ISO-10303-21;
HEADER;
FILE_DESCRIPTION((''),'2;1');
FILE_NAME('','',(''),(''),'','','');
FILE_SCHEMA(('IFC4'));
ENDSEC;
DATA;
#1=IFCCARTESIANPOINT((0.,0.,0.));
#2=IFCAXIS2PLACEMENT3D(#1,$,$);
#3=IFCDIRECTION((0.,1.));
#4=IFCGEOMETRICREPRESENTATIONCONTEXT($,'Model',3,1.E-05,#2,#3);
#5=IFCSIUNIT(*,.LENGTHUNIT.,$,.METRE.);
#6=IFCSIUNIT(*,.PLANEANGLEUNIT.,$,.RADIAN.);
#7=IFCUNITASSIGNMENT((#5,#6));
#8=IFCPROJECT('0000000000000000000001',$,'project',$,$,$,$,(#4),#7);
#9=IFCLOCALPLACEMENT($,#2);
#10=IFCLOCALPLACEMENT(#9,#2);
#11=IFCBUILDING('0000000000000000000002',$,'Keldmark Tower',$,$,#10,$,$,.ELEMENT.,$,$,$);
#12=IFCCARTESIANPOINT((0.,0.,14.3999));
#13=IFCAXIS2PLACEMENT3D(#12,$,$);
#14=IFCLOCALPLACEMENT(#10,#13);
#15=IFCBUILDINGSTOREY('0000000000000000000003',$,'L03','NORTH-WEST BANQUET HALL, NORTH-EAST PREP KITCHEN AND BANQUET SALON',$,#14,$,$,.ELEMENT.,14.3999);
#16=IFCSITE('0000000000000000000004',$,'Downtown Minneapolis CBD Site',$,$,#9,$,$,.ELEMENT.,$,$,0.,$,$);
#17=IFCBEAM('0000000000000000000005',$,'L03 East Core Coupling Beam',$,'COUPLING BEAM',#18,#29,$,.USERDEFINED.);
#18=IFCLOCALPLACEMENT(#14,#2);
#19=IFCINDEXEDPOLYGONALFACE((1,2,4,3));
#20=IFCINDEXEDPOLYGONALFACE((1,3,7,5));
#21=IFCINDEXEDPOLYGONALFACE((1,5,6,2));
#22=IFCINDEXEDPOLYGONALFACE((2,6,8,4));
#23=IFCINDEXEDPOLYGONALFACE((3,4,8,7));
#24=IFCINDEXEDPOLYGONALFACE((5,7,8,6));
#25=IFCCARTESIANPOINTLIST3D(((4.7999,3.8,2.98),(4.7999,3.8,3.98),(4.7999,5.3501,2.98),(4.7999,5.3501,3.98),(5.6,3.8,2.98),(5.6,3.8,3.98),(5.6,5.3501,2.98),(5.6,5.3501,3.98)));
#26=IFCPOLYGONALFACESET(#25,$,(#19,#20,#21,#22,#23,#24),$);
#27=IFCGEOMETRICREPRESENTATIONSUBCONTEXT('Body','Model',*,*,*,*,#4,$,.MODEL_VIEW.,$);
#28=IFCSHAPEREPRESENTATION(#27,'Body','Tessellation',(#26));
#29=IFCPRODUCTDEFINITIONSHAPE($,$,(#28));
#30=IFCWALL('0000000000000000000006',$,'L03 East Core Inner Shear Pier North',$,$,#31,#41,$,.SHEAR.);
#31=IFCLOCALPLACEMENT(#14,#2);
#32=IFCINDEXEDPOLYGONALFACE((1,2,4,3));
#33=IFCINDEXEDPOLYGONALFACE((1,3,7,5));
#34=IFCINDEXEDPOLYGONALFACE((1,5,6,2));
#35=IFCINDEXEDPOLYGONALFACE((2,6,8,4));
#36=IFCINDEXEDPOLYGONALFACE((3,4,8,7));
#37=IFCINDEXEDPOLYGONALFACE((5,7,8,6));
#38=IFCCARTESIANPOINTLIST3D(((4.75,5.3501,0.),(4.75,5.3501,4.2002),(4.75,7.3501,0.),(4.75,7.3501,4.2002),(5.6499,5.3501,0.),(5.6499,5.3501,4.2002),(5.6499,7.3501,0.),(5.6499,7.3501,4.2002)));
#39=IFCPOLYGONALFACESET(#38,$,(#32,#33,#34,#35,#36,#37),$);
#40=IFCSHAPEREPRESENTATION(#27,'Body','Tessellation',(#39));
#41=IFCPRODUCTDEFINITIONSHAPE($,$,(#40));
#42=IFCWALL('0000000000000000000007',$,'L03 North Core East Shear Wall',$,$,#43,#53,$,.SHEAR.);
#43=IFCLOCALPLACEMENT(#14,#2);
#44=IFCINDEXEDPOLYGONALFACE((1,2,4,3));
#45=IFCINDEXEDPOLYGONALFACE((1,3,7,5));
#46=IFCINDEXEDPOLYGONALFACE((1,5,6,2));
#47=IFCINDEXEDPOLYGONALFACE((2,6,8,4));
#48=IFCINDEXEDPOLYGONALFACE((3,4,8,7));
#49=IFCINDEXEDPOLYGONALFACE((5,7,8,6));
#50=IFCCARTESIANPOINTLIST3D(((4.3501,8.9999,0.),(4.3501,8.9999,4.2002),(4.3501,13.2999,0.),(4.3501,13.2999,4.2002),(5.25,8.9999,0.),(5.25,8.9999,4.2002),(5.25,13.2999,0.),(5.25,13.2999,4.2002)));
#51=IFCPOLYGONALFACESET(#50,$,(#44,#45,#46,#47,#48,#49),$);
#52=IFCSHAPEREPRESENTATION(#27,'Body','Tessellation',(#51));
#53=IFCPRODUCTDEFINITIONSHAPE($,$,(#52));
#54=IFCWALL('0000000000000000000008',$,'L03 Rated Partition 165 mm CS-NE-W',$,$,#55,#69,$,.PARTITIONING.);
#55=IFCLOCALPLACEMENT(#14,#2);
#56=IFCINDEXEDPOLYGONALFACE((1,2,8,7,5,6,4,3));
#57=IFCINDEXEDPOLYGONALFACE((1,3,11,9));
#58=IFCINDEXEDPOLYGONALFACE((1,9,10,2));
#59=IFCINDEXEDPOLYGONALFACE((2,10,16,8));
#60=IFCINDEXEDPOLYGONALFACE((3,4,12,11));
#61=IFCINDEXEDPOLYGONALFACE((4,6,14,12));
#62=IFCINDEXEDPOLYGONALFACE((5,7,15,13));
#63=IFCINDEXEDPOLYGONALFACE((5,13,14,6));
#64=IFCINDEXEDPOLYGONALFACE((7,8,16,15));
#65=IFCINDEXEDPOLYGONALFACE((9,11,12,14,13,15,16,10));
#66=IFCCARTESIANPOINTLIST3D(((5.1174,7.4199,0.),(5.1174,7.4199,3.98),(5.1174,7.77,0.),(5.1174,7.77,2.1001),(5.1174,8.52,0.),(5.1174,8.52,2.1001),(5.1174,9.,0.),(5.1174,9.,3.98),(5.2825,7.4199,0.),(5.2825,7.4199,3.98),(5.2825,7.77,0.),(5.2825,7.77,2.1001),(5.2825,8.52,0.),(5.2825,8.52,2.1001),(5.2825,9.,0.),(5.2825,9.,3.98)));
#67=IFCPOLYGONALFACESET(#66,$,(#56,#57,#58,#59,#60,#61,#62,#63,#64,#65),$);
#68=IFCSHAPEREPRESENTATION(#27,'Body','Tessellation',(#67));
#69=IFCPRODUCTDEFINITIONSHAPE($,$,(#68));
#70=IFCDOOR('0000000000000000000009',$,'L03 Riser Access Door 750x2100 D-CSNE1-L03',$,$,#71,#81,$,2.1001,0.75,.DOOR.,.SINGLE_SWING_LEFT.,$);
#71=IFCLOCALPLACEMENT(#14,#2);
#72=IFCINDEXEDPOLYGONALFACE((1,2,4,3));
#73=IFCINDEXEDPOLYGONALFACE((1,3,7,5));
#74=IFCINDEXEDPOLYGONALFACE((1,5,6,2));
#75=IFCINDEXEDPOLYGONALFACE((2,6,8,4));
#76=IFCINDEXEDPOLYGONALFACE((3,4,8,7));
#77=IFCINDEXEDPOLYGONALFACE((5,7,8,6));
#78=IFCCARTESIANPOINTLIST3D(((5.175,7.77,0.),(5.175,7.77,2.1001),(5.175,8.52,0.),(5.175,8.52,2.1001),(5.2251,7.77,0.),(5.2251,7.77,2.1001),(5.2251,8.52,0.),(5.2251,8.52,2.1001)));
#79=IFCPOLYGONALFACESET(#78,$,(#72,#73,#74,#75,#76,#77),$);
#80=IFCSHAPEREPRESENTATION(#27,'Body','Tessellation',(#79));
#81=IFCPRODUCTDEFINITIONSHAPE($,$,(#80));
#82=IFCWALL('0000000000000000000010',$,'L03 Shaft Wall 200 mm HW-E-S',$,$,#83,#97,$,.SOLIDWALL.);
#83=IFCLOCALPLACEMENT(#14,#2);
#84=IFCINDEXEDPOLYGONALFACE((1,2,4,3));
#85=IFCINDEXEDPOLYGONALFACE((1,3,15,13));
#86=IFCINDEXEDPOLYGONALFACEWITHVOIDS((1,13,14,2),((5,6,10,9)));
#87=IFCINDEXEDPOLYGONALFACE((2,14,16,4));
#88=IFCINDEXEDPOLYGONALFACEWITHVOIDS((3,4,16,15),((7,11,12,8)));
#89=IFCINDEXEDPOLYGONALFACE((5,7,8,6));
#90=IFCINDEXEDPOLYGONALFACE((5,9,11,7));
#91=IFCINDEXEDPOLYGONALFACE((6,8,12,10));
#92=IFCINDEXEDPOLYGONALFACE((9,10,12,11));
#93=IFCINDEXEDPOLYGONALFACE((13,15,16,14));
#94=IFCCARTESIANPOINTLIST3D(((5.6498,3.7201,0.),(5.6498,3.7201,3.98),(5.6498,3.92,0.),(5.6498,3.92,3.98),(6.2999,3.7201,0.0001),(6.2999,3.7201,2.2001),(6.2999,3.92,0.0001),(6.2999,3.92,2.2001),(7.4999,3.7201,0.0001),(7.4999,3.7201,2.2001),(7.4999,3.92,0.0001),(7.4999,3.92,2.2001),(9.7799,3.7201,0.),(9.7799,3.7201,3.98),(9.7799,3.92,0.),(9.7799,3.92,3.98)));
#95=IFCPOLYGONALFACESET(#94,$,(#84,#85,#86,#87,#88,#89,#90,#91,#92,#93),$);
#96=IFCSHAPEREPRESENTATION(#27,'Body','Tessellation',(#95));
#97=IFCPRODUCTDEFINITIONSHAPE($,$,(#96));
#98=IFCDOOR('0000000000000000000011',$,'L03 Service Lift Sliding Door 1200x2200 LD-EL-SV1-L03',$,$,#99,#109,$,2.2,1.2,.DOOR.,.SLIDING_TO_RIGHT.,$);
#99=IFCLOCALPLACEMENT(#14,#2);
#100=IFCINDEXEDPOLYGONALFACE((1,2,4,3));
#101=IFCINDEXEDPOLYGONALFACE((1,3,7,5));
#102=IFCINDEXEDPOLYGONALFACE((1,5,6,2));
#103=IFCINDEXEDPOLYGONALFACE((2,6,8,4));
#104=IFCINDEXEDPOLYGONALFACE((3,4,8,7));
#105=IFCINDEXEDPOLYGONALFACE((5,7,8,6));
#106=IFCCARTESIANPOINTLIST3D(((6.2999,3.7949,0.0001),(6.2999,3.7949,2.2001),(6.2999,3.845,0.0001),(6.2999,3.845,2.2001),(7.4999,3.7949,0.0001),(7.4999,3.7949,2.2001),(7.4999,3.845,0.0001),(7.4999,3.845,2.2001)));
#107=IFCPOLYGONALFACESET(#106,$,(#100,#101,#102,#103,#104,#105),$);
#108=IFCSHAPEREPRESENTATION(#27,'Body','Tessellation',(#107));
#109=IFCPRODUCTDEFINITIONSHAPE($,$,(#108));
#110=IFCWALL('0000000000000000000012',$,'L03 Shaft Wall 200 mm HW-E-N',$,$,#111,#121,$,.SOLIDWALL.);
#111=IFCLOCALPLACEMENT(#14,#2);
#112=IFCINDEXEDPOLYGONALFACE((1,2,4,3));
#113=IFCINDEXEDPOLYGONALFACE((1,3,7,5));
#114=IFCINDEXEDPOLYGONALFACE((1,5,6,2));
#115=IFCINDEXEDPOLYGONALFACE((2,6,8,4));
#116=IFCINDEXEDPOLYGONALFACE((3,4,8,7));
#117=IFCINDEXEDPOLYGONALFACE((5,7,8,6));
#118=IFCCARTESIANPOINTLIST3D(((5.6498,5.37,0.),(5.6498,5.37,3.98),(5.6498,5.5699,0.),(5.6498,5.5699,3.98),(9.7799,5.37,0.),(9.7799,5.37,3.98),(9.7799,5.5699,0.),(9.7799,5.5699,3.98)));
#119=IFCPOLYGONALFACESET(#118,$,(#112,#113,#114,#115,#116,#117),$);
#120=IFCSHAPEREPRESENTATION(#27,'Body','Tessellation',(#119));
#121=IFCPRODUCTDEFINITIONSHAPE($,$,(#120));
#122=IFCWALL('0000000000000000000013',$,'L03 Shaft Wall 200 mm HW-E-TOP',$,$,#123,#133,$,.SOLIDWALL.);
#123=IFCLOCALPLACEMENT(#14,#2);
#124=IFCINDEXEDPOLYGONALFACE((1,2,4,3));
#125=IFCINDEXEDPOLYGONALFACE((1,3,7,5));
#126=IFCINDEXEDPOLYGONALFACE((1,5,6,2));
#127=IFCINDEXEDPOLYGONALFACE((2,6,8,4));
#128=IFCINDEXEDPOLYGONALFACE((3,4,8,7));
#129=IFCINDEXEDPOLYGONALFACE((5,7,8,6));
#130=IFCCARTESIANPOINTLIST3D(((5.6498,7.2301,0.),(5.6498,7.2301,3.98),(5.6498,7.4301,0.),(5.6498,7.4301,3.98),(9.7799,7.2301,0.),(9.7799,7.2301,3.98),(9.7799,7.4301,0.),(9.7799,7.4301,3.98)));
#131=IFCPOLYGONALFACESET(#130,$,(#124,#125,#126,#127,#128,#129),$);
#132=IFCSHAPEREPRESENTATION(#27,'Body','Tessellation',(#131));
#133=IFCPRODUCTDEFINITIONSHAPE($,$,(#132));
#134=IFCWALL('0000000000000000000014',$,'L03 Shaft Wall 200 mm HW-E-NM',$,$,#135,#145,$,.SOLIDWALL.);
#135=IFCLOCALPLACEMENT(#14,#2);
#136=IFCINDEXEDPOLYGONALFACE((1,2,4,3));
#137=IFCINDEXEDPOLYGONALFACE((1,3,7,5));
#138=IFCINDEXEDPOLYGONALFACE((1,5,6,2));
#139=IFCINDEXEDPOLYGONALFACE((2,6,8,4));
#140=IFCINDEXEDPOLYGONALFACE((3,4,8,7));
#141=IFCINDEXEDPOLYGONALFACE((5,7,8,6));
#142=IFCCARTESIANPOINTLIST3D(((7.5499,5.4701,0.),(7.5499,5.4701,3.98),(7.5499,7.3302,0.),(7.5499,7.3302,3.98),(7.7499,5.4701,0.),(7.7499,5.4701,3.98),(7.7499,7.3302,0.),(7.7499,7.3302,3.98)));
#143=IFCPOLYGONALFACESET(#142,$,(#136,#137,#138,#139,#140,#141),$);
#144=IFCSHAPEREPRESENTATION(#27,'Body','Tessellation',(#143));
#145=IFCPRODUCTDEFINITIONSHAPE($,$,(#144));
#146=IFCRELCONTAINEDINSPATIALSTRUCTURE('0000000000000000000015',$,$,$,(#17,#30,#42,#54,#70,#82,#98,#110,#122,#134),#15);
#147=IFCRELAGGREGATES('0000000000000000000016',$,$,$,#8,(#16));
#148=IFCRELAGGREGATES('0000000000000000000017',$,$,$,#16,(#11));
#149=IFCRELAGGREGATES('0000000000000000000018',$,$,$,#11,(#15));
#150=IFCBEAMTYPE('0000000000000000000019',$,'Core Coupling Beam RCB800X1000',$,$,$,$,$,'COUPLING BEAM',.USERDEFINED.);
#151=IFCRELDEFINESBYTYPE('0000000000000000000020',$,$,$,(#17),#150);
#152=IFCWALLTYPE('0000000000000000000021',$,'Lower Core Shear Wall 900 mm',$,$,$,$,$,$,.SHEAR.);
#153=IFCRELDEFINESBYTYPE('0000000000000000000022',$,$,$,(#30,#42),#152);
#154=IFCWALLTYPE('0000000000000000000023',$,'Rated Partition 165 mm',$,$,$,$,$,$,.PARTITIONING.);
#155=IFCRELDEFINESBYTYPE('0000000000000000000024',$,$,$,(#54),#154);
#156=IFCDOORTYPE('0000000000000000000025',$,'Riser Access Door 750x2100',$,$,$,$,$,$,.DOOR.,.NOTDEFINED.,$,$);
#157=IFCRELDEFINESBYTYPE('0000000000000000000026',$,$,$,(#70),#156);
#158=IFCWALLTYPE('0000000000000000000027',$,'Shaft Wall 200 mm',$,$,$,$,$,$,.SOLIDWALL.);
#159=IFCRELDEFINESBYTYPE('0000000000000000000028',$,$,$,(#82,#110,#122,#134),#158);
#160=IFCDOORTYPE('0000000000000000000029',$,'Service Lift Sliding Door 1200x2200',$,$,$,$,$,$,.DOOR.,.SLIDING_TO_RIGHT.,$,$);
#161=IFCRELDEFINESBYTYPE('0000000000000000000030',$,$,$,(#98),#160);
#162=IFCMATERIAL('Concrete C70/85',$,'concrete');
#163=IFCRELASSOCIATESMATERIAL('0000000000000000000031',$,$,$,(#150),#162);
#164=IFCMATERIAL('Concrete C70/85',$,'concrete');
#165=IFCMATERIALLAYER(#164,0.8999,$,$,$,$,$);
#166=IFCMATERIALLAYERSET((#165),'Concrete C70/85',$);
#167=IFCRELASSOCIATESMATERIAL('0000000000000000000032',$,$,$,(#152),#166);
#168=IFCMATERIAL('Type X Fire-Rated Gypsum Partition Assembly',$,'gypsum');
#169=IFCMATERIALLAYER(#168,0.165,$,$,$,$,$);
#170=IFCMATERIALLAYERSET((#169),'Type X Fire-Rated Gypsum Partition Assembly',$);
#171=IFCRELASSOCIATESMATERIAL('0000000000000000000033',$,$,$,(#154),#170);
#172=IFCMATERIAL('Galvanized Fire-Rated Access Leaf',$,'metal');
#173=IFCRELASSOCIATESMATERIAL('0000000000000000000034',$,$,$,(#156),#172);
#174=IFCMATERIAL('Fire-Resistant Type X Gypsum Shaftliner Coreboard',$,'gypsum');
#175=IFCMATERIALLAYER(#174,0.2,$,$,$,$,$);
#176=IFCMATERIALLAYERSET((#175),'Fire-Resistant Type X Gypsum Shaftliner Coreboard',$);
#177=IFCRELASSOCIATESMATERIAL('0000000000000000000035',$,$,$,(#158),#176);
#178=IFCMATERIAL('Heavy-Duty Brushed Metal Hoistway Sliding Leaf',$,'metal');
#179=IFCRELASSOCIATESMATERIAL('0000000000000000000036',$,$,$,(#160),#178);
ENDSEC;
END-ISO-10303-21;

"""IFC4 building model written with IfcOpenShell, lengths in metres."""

from ifc_helpers import new_model, si_unit, direction, frame, frame_2d, origin, origin_2d, place, context, subcontext, project, spatial, rectangle, extrude, material, layer, layer_set, material_profile, profile_set, type_object, element, fill, save


model = new_model("IFC4")

# Units and contexts
model_context = context("Model", 3, precision=1e-05, world=origin(), true_north=direction((0.0, 1.0)))
body_context = subcontext(model_context, "Body", "Model", "MODEL_VIEW")
ifc_project = project(units=[si_unit("LENGTHUNIT", "METRE"), si_unit("PLANEANGLEUNIT", "RADIAN")], contexts=[model_context])

# Site, building, storey
site_placement = place(None, origin())
site = spatial("IfcSite", under=ifc_project, at=site_placement, Name="Downtown Minneapolis CBD Site", CompositionType="ELEMENT", RefElevation=0.0)
building_placement = place(site_placement, origin())
building = spatial("IfcBuilding", under=site, at=building_placement, Name="Keldmark Tower", CompositionType="ELEMENT")
storey_placement = place(building_placement, frame((0.0, 0.0, 14.3999)))
storey = spatial("IfcBuildingStorey", under=building, at=storey_placement, Name="L03", Description="NORTH-WEST BANQUET HALL, NORTH-EAST PREP KITCHEN AND BANQUET SALON", CompositionType="ELEMENT", Elevation=14.3999)

# Beam
ifc_material_1 = material(Name="Concrete C70/85", Category="concrete")
ifc_material_profile = material_profile(ifc_material_1, rectangle(XDim=0.8, YDim=1.0, at=origin_2d()), Name="RCB800X1000")
ifc_profile_set = profile_set([ifc_material_profile], Name="Concrete C70/85")
beam_type = type_object("IfcBeamType", Name="Core Coupling Beam RCB800X1000", ElementType="COUPLING BEAM", PredefinedType="USERDEFINED", material=ifc_profile_set)
beam_placement = place(storey_placement, frame((5.2, 3.8, 3.48), z_axis=(0.0, 1.0, 0.0), x_axis=(-1.0, 0.0, 0.0)))
element("IfcBeam", 1, at=beam_placement, inside=storey, type_object=beam_type, Name="L03 East Core Coupling Beam", ObjectType="COUPLING BEAM", PredefinedType="USERDEFINED", context=body_context, shape_type="SweptSolid", body=[
    extrude(rectangle(XDim=0.8, YDim=1.0, at=origin_2d()), origin(), (0.0, 0.0, 1.0), 1.55),
])

# Walls
ifc_material_2 = material(Name="Concrete C70/85", Category="concrete")
ifc_layer_1 = layer(ifc_material_2, 0.8999)
ifc_layer_set_1 = layer_set([ifc_layer_1], Name="Concrete C70/85")
wall_type_1 = type_object("IfcWallType", Name="Lower Core Shear Wall 900 mm", PredefinedType="SHEAR", material=ifc_layer_set_1)
wall_1_placement = place(storey_placement, frame((5.2, 5.3501, 0.0), z_axis=(0.0, 0.0, 1.0), x_axis=(0.0, 1.0, 0.0)))
element("IfcWall", 2, at=wall_1_placement, inside=storey, type_object=wall_type_1, Name="L03 East Core Inner Shear Pier North", PredefinedType="SHEAR", context=body_context, shape_type="SweptSolid", body=[
    extrude(rectangle(XDim=2.0, YDim=0.8999, at=frame_2d((1.0, 0.0))), origin(), (0.0, 0.0, 1.0), 4.2002),
])
wall_2_placement = place(storey_placement, frame((4.8, 9.0, 0.0), z_axis=(0.0, 0.0, 1.0), x_axis=(0.0, 1.0, 0.0)))
element("IfcWall", 3, at=wall_2_placement, inside=storey, type_object=wall_type_1, Name="L03 North Core East Shear Wall", PredefinedType="SHEAR", context=body_context, shape_type="SweptSolid", body=[
    extrude(rectangle(XDim=4.3, YDim=0.8999, at=frame_2d((2.1499, 0.0))), origin(), (0.0, 0.0, 1.0), 4.2002),
])

# Walls, openings, doors
ifc_material_3 = material(Name="Type X Fire-Rated Gypsum Partition Assembly", Category="gypsum")
ifc_layer_2 = layer(ifc_material_3, 0.165)
ifc_layer_set_2 = layer_set([ifc_layer_2], Name="Type X Fire-Rated Gypsum Partition Assembly")
wall_type_2 = type_object("IfcWallType", Name="Rated Partition 165 mm", PredefinedType="PARTITIONING", material=ifc_layer_set_2)
wall_3_placement = place(storey_placement, frame((5.2, 7.4199, 0.0), z_axis=(0.0, 0.0, 1.0), x_axis=(0.0, 1.0, 0.0)))
wall_3 = element("IfcWall", 4, at=wall_3_placement, inside=storey, type_object=wall_type_2, Name="L03 Rated Partition 165 mm CS-NE-W", PredefinedType="PARTITIONING", context=body_context, shape_type="SweptSolid", body=[
    extrude(rectangle(XDim=1.5801, YDim=0.165, at=frame_2d((0.79, 0.0))), origin(), (0.0, 0.0, 1.0), 3.98),
])
opening_1_placement = place(wall_3_placement, frame((0.3501, 0.0, 0.0)))
opening_1 = element("IfcOpeningElement", 5, at=opening_1_placement, cuts=wall_3, PredefinedType="OPENING", context=body_context, shape_type="SweptSolid", body=[
    extrude(rectangle(XDim=0.75, YDim=2.1001, at=frame_2d((0.375, 1.05))), frame((0.0, 0.0925, 0.0), z_axis=(0.0, -1.0, 0.0), x_axis=(1.0, 0.0, 0.0)), (0.0, 0.0, 1.0), 0.1851),
])
ifc_material_4 = material(Name="Galvanized Fire-Rated Access Leaf", Category="metal")
door_type_1 = type_object("IfcDoorType", Name="Riser Access Door 750x2100", OperationType="NOTDEFINED", PredefinedType="DOOR", material=ifc_material_4)
door_1_placement = place(opening_1_placement, origin())
door_1 = element("IfcDoor", 6, at=door_1_placement, inside=storey, type_object=door_type_1, Name="L03 Riser Access Door 750x2100 D-CSNE1-L03", OperationType="SINGLE_SWING_LEFT", OverallHeight=2.1001, OverallWidth=0.75, PredefinedType="DOOR", context=body_context, shape_type="SweptSolid", body=[
    extrude(rectangle(XDim=0.75, YDim=2.1001, at=frame_2d((0.375, 1.05))), frame((0.0, 0.0249, 0.0), z_axis=(0.0, -1.0, 0.0), x_axis=(1.0, 0.0, 0.0)), (0.0, 0.0, 1.0), 0.05),
])
fill(opening_1, door_1)
ifc_material_5 = material(Name="Fire-Resistant Type X Gypsum Shaftliner Coreboard", Category="gypsum")
ifc_layer_3 = layer(ifc_material_5, 0.2)
ifc_layer_set_3 = layer_set([ifc_layer_3], Name="Fire-Resistant Type X Gypsum Shaftliner Coreboard")
wall_type_3 = type_object("IfcWallType", Name="Shaft Wall 200 mm", PredefinedType="SOLIDWALL", material=ifc_layer_set_3)
wall_4_placement = place(storey_placement, frame((5.6499, 3.8201, 0.0), z_axis=(0.0, 0.0, 1.0), x_axis=(1.0, 0.0, 0.0)))
wall_4 = element("IfcWall", 7, at=wall_4_placement, inside=storey, type_object=wall_type_3, Name="L03 Shaft Wall 200 mm HW-E-S", PredefinedType="SOLIDWALL", context=body_context, shape_type="SweptSolid", body=[
    extrude(rectangle(XDim=4.1301, YDim=0.2, at=frame_2d((2.0649, 0.0))), origin(), (0.0, 0.0, 1.0), 3.98),
])
opening_2_placement = place(wall_4_placement, frame((0.6499, 0.0, 0.0)))
opening_2 = element("IfcOpeningElement", 8, at=opening_2_placement, cuts=wall_4, PredefinedType="OPENING", context=body_context, shape_type="SweptSolid", body=[
    extrude(rectangle(XDim=1.2, YDim=2.2, at=frame_2d((0.6001, 1.1001))), frame((0.0, 0.1099, 0.0), z_axis=(0.0, -1.0, 0.0), x_axis=(1.0, 0.0, 0.0)), (0.0, 0.0, 1.0), 0.22),
])
ifc_material_6 = material(Name="Heavy-Duty Brushed Metal Hoistway Sliding Leaf", Category="metal")
door_type_2 = type_object("IfcDoorType", Name="Service Lift Sliding Door 1200x2200", OperationType="SLIDING_TO_RIGHT", PredefinedType="DOOR", material=ifc_material_6)
door_2_placement = place(opening_2_placement, origin())
door_2 = element("IfcDoor", 9, at=door_2_placement, inside=storey, type_object=door_type_2, Name="L03 Service Lift Sliding Door 1200x2200 LD-EL-SV1-L03", OperationType="SLIDING_TO_RIGHT", OverallHeight=2.2, OverallWidth=1.2, PredefinedType="DOOR", context=body_context, shape_type="SweptSolid", body=[
    extrude(rectangle(XDim=1.2, YDim=2.2, at=frame_2d((0.6001, 1.1001))), frame((0.0, 0.0249, 0.0), z_axis=(0.0, -1.0, 0.0), x_axis=(1.0, 0.0, 0.0)), (0.0, 0.0, 1.0), 0.05),
])
fill(opening_2, door_2)

# Walls
for number, where, z_axis, x_axis, name in (
    (10, (5.6499, 5.47, 0.0), (0.0, 0.0, 1.0), (1.0, 0.0, 0.0), "L03 Shaft Wall 200 mm HW-E-N"),
    (11, (5.6499, 7.3301, 0.0), (0.0, 0.0, 1.0), (1.0, 0.0, 0.0), "L03 Shaft Wall 200 mm HW-E-TOP"),
):
    element("IfcWall", number, at=place(storey_placement, frame(where, z_axis=z_axis, x_axis=x_axis)), inside=storey, type_object=wall_type_3, Name=name, PredefinedType="SOLIDWALL", context=body_context, shape_type="SweptSolid", body=[
        extrude(rectangle(XDim=4.1301, YDim=0.2, at=frame_2d((2.0649, 0.0))), origin(), (0.0, 0.0, 1.0), 3.98),
    ])
wall_5_placement = place(storey_placement, frame((7.6499, 5.47, 0.0), z_axis=(0.0, 0.0, 1.0), x_axis=(0.0, 1.0, 0.0)))
element("IfcWall", 12, at=wall_5_placement, inside=storey, type_object=wall_type_3, Name="L03 Shaft Wall 200 mm HW-E-NM", PredefinedType="SOLIDWALL", context=body_context, shape_type="SweptSolid", body=[
    extrude(rectangle(XDim=1.8601, YDim=0.2, at=frame_2d((0.9302, 0.0))), origin(), (0.0, 0.0, 1.0), 3.98),
])

save(model, "model.ifc")
